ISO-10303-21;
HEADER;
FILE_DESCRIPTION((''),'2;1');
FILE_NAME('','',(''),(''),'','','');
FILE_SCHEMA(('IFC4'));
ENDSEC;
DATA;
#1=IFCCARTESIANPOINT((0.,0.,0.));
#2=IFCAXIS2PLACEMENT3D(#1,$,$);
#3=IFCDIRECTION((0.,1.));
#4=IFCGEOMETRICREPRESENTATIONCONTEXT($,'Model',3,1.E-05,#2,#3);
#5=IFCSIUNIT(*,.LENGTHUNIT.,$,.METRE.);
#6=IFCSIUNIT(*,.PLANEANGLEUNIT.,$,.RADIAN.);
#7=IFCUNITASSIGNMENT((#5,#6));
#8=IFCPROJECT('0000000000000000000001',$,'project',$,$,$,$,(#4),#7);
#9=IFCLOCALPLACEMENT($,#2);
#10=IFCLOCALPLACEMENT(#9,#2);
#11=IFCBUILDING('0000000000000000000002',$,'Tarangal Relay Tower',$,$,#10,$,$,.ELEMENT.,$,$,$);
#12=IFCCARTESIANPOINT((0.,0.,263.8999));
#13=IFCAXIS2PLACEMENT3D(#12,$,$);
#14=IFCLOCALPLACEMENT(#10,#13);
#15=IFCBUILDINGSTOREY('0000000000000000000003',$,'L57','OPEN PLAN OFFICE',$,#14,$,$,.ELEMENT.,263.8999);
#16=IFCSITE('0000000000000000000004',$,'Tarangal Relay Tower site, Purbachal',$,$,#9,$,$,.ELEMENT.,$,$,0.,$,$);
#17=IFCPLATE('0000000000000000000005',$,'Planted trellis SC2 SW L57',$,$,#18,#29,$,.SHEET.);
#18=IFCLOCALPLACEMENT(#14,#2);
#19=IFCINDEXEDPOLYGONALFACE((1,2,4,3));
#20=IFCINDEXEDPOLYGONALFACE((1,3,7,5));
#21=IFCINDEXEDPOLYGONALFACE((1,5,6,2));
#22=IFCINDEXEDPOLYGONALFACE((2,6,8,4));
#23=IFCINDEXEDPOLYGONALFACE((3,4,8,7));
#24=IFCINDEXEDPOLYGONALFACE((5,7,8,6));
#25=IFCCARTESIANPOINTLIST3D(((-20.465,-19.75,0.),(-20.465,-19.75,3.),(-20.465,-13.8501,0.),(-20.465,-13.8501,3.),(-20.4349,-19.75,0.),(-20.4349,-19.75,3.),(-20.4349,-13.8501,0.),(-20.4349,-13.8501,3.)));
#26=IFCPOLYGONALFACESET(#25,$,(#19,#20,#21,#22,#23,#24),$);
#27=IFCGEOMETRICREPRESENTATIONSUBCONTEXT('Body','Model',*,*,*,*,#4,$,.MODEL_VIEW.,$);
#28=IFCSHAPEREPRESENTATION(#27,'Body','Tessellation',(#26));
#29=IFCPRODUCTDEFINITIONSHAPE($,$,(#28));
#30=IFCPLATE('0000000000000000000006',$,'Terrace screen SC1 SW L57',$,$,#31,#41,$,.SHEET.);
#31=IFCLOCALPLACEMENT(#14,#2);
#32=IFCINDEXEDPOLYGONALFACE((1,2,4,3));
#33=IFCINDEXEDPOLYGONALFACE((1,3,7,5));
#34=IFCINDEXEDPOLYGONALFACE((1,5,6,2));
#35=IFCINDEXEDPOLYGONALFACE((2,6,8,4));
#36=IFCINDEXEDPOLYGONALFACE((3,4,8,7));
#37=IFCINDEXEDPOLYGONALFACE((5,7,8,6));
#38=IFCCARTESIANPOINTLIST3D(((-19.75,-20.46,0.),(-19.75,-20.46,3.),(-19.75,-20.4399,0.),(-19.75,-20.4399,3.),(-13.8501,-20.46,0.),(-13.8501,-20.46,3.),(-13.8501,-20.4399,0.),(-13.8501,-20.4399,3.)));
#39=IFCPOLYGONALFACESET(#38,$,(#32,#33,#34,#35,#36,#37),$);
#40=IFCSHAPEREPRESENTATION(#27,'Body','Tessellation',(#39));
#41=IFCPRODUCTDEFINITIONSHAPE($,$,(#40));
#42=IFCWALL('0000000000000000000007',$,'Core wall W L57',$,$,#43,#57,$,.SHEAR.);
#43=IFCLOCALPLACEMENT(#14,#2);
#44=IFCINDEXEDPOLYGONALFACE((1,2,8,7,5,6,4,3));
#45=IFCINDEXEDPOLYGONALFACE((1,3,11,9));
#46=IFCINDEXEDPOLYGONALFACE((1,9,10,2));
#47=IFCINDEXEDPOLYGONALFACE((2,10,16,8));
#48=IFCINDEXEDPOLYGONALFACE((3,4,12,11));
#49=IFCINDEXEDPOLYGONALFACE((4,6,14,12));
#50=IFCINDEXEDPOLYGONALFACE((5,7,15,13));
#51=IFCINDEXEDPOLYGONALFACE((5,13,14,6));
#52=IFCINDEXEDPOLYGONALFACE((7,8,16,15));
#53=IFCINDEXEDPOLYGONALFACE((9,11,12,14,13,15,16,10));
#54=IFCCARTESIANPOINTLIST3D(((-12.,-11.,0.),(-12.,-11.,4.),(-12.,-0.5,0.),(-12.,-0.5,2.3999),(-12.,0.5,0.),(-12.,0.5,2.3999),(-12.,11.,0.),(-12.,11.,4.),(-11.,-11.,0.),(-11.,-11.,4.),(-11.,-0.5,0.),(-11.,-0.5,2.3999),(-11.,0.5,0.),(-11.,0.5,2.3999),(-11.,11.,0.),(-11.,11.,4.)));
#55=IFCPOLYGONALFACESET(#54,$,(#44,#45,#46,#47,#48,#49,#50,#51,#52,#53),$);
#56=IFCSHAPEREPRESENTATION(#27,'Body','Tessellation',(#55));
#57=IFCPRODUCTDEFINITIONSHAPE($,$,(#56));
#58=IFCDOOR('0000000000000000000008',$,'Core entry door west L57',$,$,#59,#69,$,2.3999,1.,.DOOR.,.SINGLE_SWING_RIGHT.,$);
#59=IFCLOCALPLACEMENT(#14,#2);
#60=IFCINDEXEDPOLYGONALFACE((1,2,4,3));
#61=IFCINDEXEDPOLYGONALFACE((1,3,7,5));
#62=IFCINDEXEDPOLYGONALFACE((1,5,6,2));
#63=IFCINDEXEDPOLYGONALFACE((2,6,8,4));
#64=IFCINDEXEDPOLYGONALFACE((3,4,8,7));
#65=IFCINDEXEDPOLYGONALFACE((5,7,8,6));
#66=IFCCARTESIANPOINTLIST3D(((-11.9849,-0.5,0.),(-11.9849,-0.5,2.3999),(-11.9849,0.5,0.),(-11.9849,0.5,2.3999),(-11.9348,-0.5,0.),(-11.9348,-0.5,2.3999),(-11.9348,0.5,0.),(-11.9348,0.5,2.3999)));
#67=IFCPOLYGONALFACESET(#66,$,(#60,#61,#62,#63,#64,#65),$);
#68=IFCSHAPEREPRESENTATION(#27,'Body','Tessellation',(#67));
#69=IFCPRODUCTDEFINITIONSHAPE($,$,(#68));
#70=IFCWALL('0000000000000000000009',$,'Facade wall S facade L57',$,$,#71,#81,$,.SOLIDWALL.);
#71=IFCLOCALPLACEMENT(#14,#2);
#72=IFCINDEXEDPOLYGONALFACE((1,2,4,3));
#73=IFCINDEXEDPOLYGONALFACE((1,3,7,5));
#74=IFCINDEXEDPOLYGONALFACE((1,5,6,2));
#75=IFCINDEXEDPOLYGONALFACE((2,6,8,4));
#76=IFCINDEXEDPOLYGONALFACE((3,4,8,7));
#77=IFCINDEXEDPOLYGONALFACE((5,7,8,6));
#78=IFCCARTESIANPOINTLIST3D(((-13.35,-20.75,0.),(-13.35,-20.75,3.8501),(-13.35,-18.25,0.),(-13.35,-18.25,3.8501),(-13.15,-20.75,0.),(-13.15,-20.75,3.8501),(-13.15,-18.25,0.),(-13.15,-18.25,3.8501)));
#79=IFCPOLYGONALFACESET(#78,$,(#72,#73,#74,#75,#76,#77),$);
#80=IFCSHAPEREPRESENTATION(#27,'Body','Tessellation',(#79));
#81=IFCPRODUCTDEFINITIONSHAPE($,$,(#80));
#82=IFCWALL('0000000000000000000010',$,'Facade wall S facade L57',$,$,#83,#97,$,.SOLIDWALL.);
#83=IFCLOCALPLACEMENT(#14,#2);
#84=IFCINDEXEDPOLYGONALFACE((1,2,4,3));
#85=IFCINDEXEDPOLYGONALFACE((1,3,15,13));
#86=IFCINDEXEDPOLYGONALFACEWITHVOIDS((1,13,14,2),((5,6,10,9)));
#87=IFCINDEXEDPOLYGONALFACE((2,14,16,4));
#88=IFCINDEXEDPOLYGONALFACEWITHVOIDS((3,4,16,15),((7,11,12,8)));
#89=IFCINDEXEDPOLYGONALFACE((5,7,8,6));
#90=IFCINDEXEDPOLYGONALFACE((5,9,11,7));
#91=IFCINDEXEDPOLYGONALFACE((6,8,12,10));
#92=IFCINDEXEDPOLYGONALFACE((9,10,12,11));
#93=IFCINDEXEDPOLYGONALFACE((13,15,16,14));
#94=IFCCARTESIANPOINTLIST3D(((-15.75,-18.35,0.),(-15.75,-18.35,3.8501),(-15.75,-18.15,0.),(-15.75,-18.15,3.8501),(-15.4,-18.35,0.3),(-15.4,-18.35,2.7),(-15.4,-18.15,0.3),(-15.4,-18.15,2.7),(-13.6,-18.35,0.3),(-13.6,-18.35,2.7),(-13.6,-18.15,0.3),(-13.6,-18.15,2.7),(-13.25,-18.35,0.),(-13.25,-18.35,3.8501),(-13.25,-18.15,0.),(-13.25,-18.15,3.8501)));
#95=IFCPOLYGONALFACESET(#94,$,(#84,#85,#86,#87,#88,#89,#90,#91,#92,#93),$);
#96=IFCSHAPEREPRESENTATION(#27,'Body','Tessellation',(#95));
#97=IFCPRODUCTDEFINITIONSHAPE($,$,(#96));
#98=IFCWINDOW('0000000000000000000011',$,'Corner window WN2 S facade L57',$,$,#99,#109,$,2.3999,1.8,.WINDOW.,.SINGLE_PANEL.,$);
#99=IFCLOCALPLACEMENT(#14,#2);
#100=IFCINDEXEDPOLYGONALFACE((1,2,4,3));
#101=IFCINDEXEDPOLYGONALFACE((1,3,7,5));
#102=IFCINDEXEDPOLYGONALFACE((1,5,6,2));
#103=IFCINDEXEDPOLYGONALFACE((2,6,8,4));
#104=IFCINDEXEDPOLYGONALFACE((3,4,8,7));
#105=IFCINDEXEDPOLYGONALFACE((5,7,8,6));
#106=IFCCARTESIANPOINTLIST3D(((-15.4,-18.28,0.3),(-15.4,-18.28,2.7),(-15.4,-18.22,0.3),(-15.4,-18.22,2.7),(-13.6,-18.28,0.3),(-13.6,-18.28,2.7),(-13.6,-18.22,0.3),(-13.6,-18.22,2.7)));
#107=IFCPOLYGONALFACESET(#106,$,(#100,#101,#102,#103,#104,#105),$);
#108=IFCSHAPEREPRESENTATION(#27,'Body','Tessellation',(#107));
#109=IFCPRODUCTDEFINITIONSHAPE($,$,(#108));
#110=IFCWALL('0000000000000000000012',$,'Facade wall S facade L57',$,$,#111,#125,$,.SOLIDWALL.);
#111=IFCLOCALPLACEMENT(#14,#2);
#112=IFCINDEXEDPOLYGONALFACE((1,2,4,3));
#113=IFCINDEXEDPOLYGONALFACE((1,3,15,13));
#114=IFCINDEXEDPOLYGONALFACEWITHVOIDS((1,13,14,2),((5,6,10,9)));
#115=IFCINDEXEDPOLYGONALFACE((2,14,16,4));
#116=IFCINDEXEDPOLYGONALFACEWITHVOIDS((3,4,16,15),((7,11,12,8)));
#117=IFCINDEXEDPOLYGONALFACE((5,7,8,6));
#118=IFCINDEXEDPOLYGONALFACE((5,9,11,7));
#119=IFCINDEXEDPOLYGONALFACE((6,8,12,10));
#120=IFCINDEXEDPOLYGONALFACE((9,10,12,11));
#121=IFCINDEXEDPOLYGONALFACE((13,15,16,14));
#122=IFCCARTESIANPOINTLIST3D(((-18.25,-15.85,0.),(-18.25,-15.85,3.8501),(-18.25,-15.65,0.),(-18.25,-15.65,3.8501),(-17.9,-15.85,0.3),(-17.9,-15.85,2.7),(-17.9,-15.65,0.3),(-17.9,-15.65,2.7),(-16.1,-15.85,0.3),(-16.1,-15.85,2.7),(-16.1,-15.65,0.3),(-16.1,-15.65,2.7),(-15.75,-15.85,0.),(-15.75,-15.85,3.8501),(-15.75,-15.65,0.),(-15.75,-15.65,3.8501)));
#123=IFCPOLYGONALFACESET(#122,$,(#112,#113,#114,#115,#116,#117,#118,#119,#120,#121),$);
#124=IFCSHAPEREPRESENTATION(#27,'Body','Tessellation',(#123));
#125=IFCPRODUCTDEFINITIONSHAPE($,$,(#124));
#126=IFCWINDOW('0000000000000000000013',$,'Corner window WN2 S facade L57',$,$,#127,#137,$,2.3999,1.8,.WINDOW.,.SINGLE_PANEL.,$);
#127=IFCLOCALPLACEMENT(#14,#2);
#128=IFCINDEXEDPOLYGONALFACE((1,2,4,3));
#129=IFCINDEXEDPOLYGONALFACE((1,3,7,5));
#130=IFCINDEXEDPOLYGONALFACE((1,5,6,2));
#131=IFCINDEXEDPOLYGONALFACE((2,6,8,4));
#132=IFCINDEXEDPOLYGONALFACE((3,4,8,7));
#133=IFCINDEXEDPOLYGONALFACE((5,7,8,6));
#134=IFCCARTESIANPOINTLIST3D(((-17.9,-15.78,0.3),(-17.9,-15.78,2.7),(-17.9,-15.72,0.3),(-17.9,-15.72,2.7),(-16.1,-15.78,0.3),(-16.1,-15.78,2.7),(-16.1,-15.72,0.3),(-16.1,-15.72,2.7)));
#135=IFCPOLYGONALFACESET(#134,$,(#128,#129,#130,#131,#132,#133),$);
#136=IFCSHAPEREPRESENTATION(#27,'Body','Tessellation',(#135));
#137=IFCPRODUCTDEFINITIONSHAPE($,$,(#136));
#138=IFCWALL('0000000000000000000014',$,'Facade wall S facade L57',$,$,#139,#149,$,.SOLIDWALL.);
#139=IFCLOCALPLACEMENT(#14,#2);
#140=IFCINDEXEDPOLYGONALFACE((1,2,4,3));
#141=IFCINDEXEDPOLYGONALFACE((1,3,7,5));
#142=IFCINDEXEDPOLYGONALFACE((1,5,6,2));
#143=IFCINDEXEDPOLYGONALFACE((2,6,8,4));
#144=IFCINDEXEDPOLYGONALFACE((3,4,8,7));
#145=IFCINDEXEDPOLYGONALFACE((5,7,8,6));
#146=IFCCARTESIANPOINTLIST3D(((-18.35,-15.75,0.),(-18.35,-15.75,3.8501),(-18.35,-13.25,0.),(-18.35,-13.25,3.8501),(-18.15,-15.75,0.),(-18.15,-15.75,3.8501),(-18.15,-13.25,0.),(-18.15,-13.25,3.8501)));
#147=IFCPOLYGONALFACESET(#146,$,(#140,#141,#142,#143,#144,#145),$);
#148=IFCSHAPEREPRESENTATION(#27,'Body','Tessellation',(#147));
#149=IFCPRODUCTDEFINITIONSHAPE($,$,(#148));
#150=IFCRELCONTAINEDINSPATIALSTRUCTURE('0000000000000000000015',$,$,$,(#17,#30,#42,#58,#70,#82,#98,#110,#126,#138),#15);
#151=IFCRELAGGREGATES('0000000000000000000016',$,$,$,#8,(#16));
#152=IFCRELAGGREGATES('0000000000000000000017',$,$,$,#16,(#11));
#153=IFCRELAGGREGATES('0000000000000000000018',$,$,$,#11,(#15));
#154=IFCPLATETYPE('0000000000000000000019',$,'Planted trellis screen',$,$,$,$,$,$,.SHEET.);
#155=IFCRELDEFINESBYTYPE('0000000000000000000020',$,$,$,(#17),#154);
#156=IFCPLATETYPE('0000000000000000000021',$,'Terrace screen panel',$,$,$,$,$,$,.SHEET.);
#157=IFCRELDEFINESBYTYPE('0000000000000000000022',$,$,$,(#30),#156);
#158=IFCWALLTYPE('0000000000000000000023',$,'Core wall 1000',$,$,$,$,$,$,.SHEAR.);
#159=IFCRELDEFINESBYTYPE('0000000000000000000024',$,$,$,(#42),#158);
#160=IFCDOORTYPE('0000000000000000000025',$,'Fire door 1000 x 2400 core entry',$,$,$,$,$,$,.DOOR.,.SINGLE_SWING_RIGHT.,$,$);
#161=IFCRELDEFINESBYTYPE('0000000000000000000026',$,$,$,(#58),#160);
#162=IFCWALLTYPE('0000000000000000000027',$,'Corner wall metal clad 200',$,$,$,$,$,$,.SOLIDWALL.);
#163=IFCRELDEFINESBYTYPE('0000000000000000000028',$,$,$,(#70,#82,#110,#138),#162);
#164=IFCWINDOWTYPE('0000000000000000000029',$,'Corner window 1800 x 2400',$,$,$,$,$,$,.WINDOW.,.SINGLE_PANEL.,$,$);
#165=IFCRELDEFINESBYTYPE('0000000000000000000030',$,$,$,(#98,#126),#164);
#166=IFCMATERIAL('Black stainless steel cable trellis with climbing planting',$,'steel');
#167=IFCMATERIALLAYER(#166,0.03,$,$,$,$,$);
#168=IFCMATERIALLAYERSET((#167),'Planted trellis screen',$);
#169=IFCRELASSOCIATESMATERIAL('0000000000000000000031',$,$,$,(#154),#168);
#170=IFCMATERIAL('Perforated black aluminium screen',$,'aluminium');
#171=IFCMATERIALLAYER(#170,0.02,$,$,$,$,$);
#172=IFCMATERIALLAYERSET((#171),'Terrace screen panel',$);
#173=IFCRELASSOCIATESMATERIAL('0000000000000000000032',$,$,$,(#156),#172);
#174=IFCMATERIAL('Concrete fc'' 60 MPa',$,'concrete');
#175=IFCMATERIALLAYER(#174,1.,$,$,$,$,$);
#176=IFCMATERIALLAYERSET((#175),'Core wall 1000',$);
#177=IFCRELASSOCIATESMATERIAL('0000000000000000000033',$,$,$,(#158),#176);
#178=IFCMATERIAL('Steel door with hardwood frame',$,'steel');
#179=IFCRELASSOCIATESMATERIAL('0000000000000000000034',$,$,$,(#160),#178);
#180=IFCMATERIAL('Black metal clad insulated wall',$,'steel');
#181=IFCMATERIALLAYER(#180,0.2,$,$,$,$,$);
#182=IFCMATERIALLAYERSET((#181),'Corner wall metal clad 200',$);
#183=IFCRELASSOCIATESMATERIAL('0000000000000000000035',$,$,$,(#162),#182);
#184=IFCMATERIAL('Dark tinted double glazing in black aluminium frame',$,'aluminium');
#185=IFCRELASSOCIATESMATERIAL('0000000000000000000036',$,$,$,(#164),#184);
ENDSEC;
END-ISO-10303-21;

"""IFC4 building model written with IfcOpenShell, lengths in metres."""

from ifc_helpers import new_model, si_unit, direction, frame, frame_2d, origin, origin_2d, place, context, subcontext, project, spatial, rectangle, extrude, material, layer, layer_set, type_object, element, fill, save


model = new_model("IFC4")

# Units and contexts
model_context = context("Model", 3, precision=1e-05, world=origin(), true_north=direction((0.0, 1.0)))
body_context = subcontext(model_context, "Body", "Model", "MODEL_VIEW")
ifc_project = project(units=[si_unit("LENGTHUNIT", "METRE"), si_unit("PLANEANGLEUNIT", "RADIAN")], contexts=[model_context])

# Site, building, storey
site_placement = place(None, origin())
site = spatial("IfcSite", under=ifc_project, at=site_placement, Name="Tarangal Relay Tower site, Purbachal", CompositionType="ELEMENT", RefElevation=0.0)
building_placement = place(site_placement, origin())
building = spatial("IfcBuilding", under=site, at=building_placement, Name="Tarangal Relay Tower", CompositionType="ELEMENT")
storey_placement = place(building_placement, frame((0.0, 0.0, 263.8999)))
storey = spatial("IfcBuildingStorey", under=building, at=storey_placement, Name="L57", Description="OPEN PLAN OFFICE", CompositionType="ELEMENT", Elevation=263.8999)

# Plates
ifc_material_1 = material(Name="Black stainless steel cable trellis with climbing planting", Category="steel")
ifc_layer_1 = layer(ifc_material_1, 0.03)
ifc_layer_set_1 = layer_set([ifc_layer_1], Name="Planted trellis screen")
plate_type_1 = type_object("IfcPlateType", Name="Planted trellis screen", PredefinedType="SHEET", material=ifc_layer_set_1)
plate_1_placement = place(storey_placement, frame((-20.45, -16.8, 0.0), z_axis=(0.0, 0.0, 1.0), x_axis=(0.0, 1.0, 0.0)))
element("IfcPlate", 1, at=plate_1_placement, inside=storey, type_object=plate_type_1, Name="Planted trellis SC2 SW L57", PredefinedType="SHEET", context=body_context, shape_type="SweptSolid", body=[
    extrude(rectangle(XDim=5.8999, YDim=0.03, at=origin_2d()), origin(), (0.0, 0.0, 1.0), 3.0),
])
ifc_material_2 = material(Name="Perforated black aluminium screen", Category="aluminium")
ifc_layer_2 = layer(ifc_material_2, 0.02)
ifc_layer_set_2 = layer_set([ifc_layer_2], Name="Terrace screen panel")
plate_type_2 = type_object("IfcPlateType", Name="Terrace screen panel", PredefinedType="SHEET", material=ifc_layer_set_2)
plate_2_placement = place(storey_placement, frame((-16.8, -20.45, 0.0), z_axis=(0.0, 0.0, 1.0), x_axis=(-1.0, 0.0, 0.0)))
element("IfcPlate", 2, at=plate_2_placement, inside=storey, type_object=plate_type_2, Name="Terrace screen SC1 SW L57", PredefinedType="SHEET", context=body_context, shape_type="SweptSolid", body=[
    extrude(rectangle(XDim=5.8999, YDim=0.02, at=origin_2d()), origin(), (0.0, 0.0, 1.0), 3.0),
])

# Wall, opening, door
ifc_material_3 = material(Name="Concrete fc' 60 MPa", Category="concrete")
ifc_layer_3 = layer(ifc_material_3, 1.0)
ifc_layer_set_3 = layer_set([ifc_layer_3], Name="Core wall 1000")
wall_type_1 = type_object("IfcWallType", Name="Core wall 1000", PredefinedType="SHEAR", material=ifc_layer_set_3)
wall_1_placement = place(storey_placement, frame((-11.5, -11.0, 0.0), z_axis=(0.0, 0.0, 1.0), x_axis=(0.0, 1.0, 0.0)))
wall_1 = element("IfcWall", 3, at=wall_1_placement, inside=storey, type_object=wall_type_1, Name="Core wall W L57", PredefinedType="SHEAR", context=body_context, shape_type="SweptSolid", body=[
    extrude(rectangle(XDim=22.0, YDim=1.0, at=frame_2d((11.0, 0.0))), origin(), (0.0, 0.0, 1.0), 4.0),
])
opening_1_placement = place(wall_1_placement, frame((10.5, 0.0, 0.0)))
opening_1 = element("IfcOpeningElement", 4, at=opening_1_placement, cuts=wall_1, PredefinedType="OPENING", context=body_context, shape_type="SweptSolid", body=[
    extrude(rectangle(XDim=1.0, YDim=2.3999, at=frame_2d((0.5, 1.2))), frame((0.0, 0.51, 0.0), z_axis=(0.0, -1.0, 0.0), x_axis=(1.0, 0.0, 0.0)), (0.0, 0.0, 1.0), 1.02),
])
ifc_material_4 = material(Name="Steel door with hardwood frame", Category="steel")
door_type_1 = type_object("IfcDoorType", Name="Fire door 1000 x 2400 core entry", OperationType="SINGLE_SWING_RIGHT", PredefinedType="DOOR", material=ifc_material_4)
door_1_placement = place(opening_1_placement, origin())
door_1 = element("IfcDoor", 5, at=door_1_placement, inside=storey, type_object=door_type_1, Name="Core entry door west L57", OperationType="SINGLE_SWING_RIGHT", OverallHeight=2.3999, OverallWidth=1.0, PredefinedType="DOOR", context=body_context, shape_type="SweptSolid", body=[
    extrude(rectangle(XDim=1.0, YDim=2.3999, at=frame_2d((0.5, 1.2))), frame((0.0, 0.4849, 0.0), z_axis=(0.0, -1.0, 0.0), x_axis=(1.0, 0.0, 0.0)), (0.0, 0.0, 1.0), 0.05),
])
fill(opening_1, door_1)

# Wall
ifc_material_5 = material(Name="Black metal clad insulated wall", Category="steel")
ifc_layer_4 = layer(ifc_material_5, 0.2)
ifc_layer_set_4 = layer_set([ifc_layer_4], Name="Corner wall metal clad 200")
wall_type_2 = type_object("IfcWallType", Name="Corner wall metal clad 200", PredefinedType="SOLIDWALL", material=ifc_layer_set_4)
wall_2_placement = place(storey_placement, frame((-13.25, -20.75, 0.0), z_axis=(0.0, 0.0, 1.0), x_axis=(0.0, 1.0, 0.0)))
element("IfcWall", 6, at=wall_2_placement, inside=storey, type_object=wall_type_2, Name="Facade wall S facade L57", PredefinedType="SOLIDWALL", context=body_context, shape_type="SweptSolid", body=[
    extrude(rectangle(XDim=2.5, YDim=0.2, at=frame_2d((1.25, 0.0))), origin(), (0.0, 0.0, 1.0), 3.8501),
])

# Wall, opening, window
wall_3_placement = place(storey_placement, frame((-13.25, -18.25, 0.0), z_axis=(0.0, 0.0, 1.0), x_axis=(-1.0, 0.0, 0.0)))
wall_3 = element("IfcWall", 7, at=wall_3_placement, inside=storey, type_object=wall_type_2, Name="Facade wall S facade L57", PredefinedType="SOLIDWALL", context=body_context, shape_type="SweptSolid", body=[
    extrude(rectangle(XDim=2.5, YDim=0.2, at=frame_2d((1.25, 0.0))), origin(), (0.0, 0.0, 1.0), 3.8501),
])
opening_2_placement = place(wall_3_placement, frame((0.3501, 0.0, 0.3)))
opening_2 = element("IfcOpeningElement", 8, at=opening_2_placement, cuts=wall_3, PredefinedType="OPENING", context=body_context, shape_type="SweptSolid", body=[
    extrude(rectangle(XDim=1.8, YDim=2.3999, at=frame_2d((0.8999, 1.2))), frame((0.0, 0.1099, 0.0), z_axis=(0.0, -1.0, 0.0), x_axis=(1.0, 0.0, 0.0)), (0.0, 0.0, 1.0), 0.22),
])
ifc_material_6 = material(Name="Dark tinted double glazing in black aluminium frame", Category="aluminium")
window_type = type_object("IfcWindowType", Name="Corner window 1800 x 2400", PartitioningType="SINGLE_PANEL", PredefinedType="WINDOW", material=ifc_material_6)
window_1_placement = place(opening_2_placement, origin())
window_1 = element("IfcWindow", 9, at=window_1_placement, inside=storey, type_object=window_type, Name="Corner window WN2 S facade L57", OverallHeight=2.3999, OverallWidth=1.8, PartitioningType="SINGLE_PANEL", PredefinedType="WINDOW", context=body_context, shape_type="SweptSolid", body=[
    extrude(rectangle(XDim=1.8, YDim=2.3999, at=frame_2d((0.8999, 1.2))), frame((0.0, 0.03, 0.0), z_axis=(0.0, -1.0, 0.0), x_axis=(1.0, 0.0, 0.0)), (0.0, 0.0, 1.0), 0.0601),
])
fill(opening_2, window_1)

# Wall, opening, window
wall_4_placement = place(storey_placement, frame((-15.75, -15.75, 0.0), z_axis=(0.0, 0.0, 1.0), x_axis=(-1.0, 0.0, 0.0)))
wall_4 = element("IfcWall", 10, at=wall_4_placement, inside=storey, type_object=wall_type_2, Name="Facade wall S facade L57", PredefinedType="SOLIDWALL", context=body_context, shape_type="SweptSolid", body=[
    extrude(rectangle(XDim=2.5, YDim=0.2, at=frame_2d((1.25, 0.0))), origin(), (0.0, 0.0, 1.0), 3.8501),
])
opening_3_placement = place(wall_4_placement, frame((0.3501, 0.0, 0.3)))
opening_3 = element("IfcOpeningElement", 11, at=opening_3_placement, cuts=wall_4, PredefinedType="OPENING", context=body_context, shape_type="SweptSolid", body=[
    extrude(rectangle(XDim=1.8, YDim=2.3999, at=frame_2d((0.8999, 1.2))), frame((0.0, 0.1099, 0.0), z_axis=(0.0, -1.0, 0.0), x_axis=(1.0, 0.0, 0.0)), (0.0, 0.0, 1.0), 0.22),
])
window_2_placement = place(opening_3_placement, origin())
window_2 = element("IfcWindow", 12, at=window_2_placement, inside=storey, type_object=window_type, Name="Corner window WN2 S facade L57", OverallHeight=2.3999, OverallWidth=1.8, PartitioningType="SINGLE_PANEL", PredefinedType="WINDOW", context=body_context, shape_type="SweptSolid", body=[
    extrude(rectangle(XDim=1.8, YDim=2.3999, at=frame_2d((0.8999, 1.2))), frame((0.0, 0.03, 0.0), z_axis=(0.0, -1.0, 0.0), x_axis=(1.0, 0.0, 0.0)), (0.0, 0.0, 1.0), 0.0601),
])
fill(opening_3, window_2)

# Wall
wall_5_placement = place(storey_placement, frame((-18.25, -15.75, 0.0), z_axis=(0.0, 0.0, 1.0), x_axis=(0.0, 1.0, 0.0)))
element("IfcWall", 13, at=wall_5_placement, inside=storey, type_object=wall_type_2, Name="Facade wall S facade L57", PredefinedType="SOLIDWALL", context=body_context, shape_type="SweptSolid", body=[
    extrude(rectangle(XDim=2.5, YDim=0.2, at=frame_2d((1.25, 0.0))), origin(), (0.0, 0.0, 1.0), 3.8501),
])

save(model, "model.ifc")
